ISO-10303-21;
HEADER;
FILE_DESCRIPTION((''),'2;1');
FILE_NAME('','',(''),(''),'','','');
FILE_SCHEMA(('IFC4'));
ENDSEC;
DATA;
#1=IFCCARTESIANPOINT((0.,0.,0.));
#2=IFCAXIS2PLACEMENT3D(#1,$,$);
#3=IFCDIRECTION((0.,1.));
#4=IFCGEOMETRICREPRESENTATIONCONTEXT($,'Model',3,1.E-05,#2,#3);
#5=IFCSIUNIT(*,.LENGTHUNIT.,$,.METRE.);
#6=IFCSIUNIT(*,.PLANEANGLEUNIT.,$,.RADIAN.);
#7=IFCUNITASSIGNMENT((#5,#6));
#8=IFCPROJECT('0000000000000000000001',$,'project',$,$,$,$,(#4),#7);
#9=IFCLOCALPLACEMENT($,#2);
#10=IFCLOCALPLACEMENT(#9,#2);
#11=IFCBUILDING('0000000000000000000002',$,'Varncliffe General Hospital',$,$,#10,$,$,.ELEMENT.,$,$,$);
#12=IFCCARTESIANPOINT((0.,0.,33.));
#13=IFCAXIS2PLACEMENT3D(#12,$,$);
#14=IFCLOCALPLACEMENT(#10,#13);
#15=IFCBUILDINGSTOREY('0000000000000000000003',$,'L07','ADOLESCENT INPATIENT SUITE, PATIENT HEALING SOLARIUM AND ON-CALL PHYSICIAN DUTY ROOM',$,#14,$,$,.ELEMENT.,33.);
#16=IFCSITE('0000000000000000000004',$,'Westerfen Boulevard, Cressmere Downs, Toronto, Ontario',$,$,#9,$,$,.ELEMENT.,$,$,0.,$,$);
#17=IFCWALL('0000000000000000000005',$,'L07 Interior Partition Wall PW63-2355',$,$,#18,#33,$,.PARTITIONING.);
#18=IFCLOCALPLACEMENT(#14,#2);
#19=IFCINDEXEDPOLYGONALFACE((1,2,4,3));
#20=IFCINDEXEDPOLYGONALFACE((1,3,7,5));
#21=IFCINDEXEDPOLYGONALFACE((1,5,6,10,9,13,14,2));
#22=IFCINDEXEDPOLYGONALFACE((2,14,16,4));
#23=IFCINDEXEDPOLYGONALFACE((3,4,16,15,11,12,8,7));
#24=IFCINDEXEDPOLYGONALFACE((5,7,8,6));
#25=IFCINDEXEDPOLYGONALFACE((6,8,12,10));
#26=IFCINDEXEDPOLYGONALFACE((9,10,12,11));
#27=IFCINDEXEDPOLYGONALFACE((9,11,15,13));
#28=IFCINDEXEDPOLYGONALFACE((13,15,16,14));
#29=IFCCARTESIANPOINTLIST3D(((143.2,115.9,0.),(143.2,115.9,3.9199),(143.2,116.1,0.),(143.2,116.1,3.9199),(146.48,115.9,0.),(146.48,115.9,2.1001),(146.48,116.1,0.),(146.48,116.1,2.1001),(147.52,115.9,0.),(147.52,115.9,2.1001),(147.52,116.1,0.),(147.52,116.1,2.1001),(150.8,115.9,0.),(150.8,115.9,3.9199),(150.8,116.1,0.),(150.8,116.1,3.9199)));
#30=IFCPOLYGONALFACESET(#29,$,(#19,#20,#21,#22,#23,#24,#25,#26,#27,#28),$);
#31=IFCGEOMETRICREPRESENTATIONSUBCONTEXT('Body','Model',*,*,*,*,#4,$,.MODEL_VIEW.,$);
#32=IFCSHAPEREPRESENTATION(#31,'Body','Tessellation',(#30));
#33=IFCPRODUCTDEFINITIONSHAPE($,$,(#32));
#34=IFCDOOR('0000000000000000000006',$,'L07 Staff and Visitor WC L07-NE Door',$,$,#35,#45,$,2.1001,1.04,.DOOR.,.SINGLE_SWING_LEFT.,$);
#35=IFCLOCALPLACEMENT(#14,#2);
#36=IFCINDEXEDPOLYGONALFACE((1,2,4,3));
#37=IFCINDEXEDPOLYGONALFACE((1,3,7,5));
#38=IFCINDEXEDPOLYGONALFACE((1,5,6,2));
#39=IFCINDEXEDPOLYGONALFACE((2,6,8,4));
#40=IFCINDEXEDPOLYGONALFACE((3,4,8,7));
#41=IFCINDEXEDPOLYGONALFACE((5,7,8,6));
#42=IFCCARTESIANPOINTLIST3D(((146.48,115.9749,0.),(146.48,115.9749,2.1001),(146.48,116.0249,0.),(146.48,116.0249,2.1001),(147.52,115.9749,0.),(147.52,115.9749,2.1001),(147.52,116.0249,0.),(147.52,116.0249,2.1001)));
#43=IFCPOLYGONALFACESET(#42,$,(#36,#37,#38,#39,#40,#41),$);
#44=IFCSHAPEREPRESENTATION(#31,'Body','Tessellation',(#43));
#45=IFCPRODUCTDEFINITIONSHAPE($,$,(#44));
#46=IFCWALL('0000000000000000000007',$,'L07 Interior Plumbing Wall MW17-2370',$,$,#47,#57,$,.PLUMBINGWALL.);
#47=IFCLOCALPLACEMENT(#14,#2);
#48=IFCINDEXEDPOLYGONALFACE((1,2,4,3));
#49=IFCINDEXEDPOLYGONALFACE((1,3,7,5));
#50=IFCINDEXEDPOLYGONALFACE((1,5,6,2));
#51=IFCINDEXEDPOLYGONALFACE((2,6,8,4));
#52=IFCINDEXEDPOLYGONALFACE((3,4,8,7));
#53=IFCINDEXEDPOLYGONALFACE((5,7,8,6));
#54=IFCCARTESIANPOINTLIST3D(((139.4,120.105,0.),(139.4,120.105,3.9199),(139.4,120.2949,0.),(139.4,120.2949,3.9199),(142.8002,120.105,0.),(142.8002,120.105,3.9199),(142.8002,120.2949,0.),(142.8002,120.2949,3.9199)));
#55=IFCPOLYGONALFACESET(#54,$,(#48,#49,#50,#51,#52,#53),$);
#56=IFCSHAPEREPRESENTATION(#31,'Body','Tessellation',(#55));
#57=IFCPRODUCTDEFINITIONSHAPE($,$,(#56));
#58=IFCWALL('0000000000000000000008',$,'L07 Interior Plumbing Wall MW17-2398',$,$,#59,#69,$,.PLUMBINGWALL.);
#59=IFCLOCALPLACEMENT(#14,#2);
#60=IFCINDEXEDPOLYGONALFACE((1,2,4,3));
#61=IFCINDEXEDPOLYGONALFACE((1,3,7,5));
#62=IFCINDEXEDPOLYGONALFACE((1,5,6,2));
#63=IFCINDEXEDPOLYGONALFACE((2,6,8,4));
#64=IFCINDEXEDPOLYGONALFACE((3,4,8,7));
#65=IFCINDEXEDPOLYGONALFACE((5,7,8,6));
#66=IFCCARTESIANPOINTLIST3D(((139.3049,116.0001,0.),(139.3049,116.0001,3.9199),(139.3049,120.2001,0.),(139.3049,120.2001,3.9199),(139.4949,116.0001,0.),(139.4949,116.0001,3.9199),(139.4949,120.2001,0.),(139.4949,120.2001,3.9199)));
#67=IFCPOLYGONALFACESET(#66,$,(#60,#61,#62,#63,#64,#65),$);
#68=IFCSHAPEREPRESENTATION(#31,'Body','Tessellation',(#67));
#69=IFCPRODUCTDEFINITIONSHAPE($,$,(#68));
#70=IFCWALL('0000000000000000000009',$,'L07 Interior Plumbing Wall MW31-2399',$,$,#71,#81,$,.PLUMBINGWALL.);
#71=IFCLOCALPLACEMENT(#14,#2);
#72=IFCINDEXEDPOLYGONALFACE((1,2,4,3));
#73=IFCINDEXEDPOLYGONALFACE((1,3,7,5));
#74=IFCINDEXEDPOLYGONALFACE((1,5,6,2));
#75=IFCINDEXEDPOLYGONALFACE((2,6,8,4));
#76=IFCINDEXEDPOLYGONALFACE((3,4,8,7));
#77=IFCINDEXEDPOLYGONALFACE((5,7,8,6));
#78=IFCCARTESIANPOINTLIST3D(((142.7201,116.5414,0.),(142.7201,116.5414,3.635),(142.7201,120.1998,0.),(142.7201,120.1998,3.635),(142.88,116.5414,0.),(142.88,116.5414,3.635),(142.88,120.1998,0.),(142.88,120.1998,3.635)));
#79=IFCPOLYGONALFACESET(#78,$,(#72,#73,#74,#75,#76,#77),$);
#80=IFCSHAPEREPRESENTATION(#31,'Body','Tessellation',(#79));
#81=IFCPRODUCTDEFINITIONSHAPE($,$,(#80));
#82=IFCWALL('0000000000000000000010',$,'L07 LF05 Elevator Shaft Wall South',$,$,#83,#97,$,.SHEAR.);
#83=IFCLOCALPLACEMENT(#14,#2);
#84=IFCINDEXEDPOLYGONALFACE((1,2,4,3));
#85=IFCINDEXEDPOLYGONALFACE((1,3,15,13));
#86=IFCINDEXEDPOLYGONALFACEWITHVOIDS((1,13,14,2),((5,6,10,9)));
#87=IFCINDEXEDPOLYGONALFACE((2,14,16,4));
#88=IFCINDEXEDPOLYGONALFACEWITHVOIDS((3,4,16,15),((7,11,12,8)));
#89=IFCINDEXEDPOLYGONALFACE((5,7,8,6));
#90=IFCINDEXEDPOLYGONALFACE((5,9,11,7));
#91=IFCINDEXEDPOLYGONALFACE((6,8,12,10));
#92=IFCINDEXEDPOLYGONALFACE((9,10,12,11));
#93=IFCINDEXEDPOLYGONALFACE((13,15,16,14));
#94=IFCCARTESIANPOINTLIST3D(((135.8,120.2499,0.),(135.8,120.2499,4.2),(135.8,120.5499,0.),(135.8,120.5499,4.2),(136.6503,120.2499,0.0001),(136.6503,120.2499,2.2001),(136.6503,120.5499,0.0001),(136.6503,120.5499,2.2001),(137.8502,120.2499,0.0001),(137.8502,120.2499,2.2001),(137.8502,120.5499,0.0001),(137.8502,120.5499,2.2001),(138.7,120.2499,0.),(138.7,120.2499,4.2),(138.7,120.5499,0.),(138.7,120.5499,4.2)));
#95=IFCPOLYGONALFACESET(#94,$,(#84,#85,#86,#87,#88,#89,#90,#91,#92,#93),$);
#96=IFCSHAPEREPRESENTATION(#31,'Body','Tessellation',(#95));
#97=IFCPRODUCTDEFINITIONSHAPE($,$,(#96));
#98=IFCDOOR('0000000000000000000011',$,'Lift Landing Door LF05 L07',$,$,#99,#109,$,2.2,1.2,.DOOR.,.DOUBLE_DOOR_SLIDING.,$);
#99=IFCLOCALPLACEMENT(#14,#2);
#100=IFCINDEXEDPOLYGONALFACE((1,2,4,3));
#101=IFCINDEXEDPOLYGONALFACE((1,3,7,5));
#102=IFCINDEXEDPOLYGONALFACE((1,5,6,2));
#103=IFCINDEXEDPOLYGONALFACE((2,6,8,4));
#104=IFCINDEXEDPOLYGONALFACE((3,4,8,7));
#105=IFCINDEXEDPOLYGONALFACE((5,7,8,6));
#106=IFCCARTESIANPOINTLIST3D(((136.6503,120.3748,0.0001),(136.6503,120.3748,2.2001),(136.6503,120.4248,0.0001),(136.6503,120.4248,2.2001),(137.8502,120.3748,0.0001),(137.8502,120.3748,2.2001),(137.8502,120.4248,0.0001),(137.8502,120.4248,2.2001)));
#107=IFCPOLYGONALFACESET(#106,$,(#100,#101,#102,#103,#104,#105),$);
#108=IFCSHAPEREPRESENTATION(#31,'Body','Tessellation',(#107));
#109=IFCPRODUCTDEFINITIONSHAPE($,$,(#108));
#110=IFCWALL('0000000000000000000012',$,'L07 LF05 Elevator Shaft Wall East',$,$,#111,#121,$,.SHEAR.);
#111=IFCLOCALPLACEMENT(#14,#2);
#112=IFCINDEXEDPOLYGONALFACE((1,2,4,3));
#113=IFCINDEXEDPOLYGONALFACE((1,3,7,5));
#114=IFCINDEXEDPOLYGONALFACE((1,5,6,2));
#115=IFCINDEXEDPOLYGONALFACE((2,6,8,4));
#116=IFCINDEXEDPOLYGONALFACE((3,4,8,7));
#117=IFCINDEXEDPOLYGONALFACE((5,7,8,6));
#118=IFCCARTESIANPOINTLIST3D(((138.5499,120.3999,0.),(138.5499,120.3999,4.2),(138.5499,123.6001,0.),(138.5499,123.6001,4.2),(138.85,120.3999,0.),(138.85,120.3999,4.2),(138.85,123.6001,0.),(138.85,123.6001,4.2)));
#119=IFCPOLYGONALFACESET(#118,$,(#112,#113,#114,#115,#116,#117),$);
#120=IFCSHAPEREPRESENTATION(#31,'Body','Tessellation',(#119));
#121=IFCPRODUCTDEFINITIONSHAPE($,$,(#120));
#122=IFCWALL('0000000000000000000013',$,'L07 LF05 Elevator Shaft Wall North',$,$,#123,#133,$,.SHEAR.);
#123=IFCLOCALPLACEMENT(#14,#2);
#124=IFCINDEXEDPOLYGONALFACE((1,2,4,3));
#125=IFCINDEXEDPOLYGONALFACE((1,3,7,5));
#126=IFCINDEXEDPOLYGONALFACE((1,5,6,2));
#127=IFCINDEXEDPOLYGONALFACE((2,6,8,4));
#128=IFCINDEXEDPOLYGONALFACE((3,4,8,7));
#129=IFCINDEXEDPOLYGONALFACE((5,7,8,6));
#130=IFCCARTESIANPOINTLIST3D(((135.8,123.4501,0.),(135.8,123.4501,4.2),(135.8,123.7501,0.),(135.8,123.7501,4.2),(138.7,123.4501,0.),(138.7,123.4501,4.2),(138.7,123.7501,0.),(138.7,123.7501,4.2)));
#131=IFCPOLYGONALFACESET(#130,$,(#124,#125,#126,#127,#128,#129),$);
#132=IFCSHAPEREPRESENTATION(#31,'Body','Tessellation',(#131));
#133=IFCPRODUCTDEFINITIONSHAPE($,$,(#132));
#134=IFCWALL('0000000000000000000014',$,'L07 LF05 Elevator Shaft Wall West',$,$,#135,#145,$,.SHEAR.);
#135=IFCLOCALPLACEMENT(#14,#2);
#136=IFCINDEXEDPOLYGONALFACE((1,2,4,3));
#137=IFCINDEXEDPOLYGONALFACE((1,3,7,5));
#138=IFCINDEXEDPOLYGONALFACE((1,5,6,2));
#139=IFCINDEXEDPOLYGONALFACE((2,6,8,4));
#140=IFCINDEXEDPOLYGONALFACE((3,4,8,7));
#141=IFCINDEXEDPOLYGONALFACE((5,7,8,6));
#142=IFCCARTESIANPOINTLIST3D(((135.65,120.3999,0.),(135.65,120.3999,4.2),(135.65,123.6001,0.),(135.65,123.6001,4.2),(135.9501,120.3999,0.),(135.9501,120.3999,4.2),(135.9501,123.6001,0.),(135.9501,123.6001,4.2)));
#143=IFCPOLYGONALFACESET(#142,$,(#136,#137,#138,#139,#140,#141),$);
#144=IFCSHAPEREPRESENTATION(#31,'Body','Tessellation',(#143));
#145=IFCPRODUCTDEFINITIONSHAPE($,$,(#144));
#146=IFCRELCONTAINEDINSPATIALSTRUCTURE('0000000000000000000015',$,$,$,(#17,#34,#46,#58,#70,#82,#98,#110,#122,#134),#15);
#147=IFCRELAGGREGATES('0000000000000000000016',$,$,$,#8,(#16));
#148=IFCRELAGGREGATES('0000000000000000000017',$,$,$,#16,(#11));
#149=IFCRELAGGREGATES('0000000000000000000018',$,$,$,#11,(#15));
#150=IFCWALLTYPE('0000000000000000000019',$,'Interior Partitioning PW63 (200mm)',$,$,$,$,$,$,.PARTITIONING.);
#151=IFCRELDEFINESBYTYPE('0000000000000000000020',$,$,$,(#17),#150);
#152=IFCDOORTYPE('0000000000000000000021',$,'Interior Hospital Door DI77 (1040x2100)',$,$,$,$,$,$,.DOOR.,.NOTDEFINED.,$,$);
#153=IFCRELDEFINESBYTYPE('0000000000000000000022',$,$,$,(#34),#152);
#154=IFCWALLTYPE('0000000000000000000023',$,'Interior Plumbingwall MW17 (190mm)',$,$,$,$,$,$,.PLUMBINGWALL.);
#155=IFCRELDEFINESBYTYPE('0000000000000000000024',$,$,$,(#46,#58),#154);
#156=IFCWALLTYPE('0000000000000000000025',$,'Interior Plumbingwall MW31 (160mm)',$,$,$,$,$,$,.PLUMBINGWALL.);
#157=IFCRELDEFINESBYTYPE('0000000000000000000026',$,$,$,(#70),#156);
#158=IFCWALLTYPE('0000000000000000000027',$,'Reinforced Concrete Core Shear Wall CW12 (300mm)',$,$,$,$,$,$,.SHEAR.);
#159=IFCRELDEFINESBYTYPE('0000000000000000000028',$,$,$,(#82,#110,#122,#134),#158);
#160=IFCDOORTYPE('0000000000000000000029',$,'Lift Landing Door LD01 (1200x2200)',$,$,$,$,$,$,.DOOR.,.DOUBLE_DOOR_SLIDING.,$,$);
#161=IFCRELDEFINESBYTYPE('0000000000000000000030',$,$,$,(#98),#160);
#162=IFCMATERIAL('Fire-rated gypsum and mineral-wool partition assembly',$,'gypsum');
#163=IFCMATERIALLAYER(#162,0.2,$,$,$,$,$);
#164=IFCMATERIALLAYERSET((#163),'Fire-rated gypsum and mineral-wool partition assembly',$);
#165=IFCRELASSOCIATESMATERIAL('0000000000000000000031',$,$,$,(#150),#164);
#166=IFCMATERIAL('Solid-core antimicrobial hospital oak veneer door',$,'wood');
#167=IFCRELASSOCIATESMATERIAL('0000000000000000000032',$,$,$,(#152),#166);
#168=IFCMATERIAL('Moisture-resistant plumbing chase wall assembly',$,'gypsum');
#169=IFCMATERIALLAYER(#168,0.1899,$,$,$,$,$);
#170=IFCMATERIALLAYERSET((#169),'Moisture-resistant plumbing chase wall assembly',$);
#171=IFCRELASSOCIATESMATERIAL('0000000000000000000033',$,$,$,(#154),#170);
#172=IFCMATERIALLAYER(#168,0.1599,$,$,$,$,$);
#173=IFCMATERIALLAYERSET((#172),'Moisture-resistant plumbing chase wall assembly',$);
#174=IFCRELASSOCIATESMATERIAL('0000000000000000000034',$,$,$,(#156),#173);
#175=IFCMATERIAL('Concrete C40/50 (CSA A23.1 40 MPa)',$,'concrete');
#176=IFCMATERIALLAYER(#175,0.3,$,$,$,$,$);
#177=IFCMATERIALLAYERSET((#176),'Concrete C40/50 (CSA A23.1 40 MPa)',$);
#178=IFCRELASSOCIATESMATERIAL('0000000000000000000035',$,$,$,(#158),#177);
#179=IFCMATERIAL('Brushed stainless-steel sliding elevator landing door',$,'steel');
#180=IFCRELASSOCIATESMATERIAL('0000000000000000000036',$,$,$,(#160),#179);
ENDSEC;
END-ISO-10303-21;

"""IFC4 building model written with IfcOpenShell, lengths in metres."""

from ifc_helpers import new_model, si_unit, direction, frame, frame_2d, origin, place, context, subcontext, project, spatial, rectangle, extrude, material, layer, layer_set, type_object, element, fill, save


model = new_model("IFC4")

# Units and contexts
model_context = context("Model", 3, precision=1e-05, world=origin(), true_north=direction((0.0, 1.0)))
body_context = subcontext(model_context, "Body", "Model", "MODEL_VIEW")
ifc_project = project(units=[si_unit("LENGTHUNIT", "METRE"), si_unit("PLANEANGLEUNIT", "RADIAN")], contexts=[model_context])

# Site, building, storey
site_placement = place(None, origin())
site = spatial("IfcSite", under=ifc_project, at=site_placement, Name="Westerfen Boulevard, Cressmere Downs, Toronto, Ontario", CompositionType="ELEMENT", RefElevation=0.0)
building_placement = place(site_placement, origin())
building = spatial("IfcBuilding", under=site, at=building_placement, Name="Varncliffe General Hospital", CompositionType="ELEMENT")
storey_placement = place(building_placement, frame((0.0, 0.0, 33.0)))
storey = spatial("IfcBuildingStorey", under=building, at=storey_placement, Name="L07", Description="ADOLESCENT INPATIENT SUITE, PATIENT HEALING SOLARIUM AND ON-CALL PHYSICIAN DUTY ROOM", CompositionType="ELEMENT", Elevation=33.0)

# Shared definitions
ifc_material_1 = material(Name="Concrete C40/50 (CSA A23.1 40 MPa)", Category="concrete")

# Shared definitions
ifc_material_2 = material(Name="Fire-rated gypsum and mineral-wool partition assembly", Category="gypsum")

# Wall, opening, door
ifc_layer_1 = layer(ifc_material_2, 0.2)
ifc_layer_set_1 = layer_set([ifc_layer_1], Name="Fire-rated gypsum and mineral-wool partition assembly")
wall_type_1 = type_object("IfcWallType", Name="Interior Partitioning PW63 (200mm)", PredefinedType="PARTITIONING", material=ifc_layer_set_1)
ifc_material_3 = material(Name="Solid-core antimicrobial hospital oak veneer door", Category="wood")
door_type_1 = type_object("IfcDoorType", Name="Interior Hospital Door DI77 (1040x2100)", OperationType="NOTDEFINED", PredefinedType="DOOR", material=ifc_material_3)
wall_1_placement = place(storey_placement, frame((143.2, 116.0, 0.0), z_axis=(0.0, 0.0, 1.0), x_axis=(1.0, 0.0, 0.0)))
wall_1 = element("IfcWall", 1, at=wall_1_placement, inside=storey, type_object=wall_type_1, Name="L07 Interior Partition Wall PW63-2355", PredefinedType="PARTITIONING", context=body_context, shape_type="SweptSolid", body=[
    extrude(rectangle(XDim=7.6001, YDim=0.2, at=frame_2d((3.8, 0.0))), origin(), (0.0, 0.0, 1.0), 3.9199),
])
opening_1_placement = place(wall_1_placement, frame((3.28, 0.0, 0.0)))
opening_1 = element("IfcOpeningElement", 2, at=opening_1_placement, cuts=wall_1, PredefinedType="OPENING", context=body_context, shape_type="SweptSolid", body=[
    extrude(rectangle(XDim=1.04, YDim=2.1001, at=frame_2d((0.52, 1.05))), frame((0.0, 0.1099, 0.0), z_axis=(0.0, -1.0, 0.0), x_axis=(1.0, 0.0, 0.0)), (0.0, 0.0, 1.0), 0.22),
])
door_1_placement = place(opening_1_placement, origin())
door_1 = element("IfcDoor", 3, at=door_1_placement, inside=storey, type_object=door_type_1, Name="L07 Staff and Visitor WC L07-NE Door", OperationType="SINGLE_SWING_LEFT", OverallHeight=2.1001, OverallWidth=1.04, PredefinedType="DOOR", context=body_context, shape_type="SweptSolid", body=[
    extrude(rectangle(XDim=1.04, YDim=2.1001, at=frame_2d((0.52, 1.05))), frame((0.0, 0.0249, 0.0), z_axis=(0.0, -1.0, 0.0), x_axis=(1.0, 0.0, 0.0)), (0.0, 0.0, 1.0), 0.05),
])
fill(opening_1, door_1)

# Walls
ifc_material_4 = material(Name="Moisture-resistant plumbing chase wall assembly", Category="gypsum")
ifc_layer_2 = layer(ifc_material_4, 0.1899)
ifc_layer_set_2 = layer_set([ifc_layer_2], Name="Moisture-resistant plumbing chase wall assembly")
wall_type_2 = type_object("IfcWallType", Name="Interior Plumbingwall MW17 (190mm)", PredefinedType="PLUMBINGWALL", material=ifc_layer_set_2)
wall_2_placement = place(storey_placement, frame((139.3999, 120.2, 0.0), z_axis=(0.0, 0.0, 1.0), x_axis=(1.0, 0.0, 0.0)))
element("IfcWall", 4, at=wall_2_placement, inside=storey, type_object=wall_type_2, Name="L07 Interior Plumbing Wall MW17-2370", PredefinedType="PLUMBINGWALL", context=body_context, shape_type="SweptSolid", body=[
    extrude(rectangle(XDim=3.4001, YDim=0.1899, at=frame_2d((1.7002, 0.0))), origin(), (0.0, 0.0, 1.0), 3.9199),
])
wall_3_placement = place(storey_placement, frame((139.3999, 116.0, 0.0), z_axis=(0.0, 0.0, 1.0), x_axis=(0.0, 1.0, 0.0)))
element("IfcWall", 5, at=wall_3_placement, inside=storey, type_object=wall_type_2, Name="L07 Interior Plumbing Wall MW17-2398", PredefinedType="PLUMBINGWALL", context=body_context, shape_type="SweptSolid", body=[
    extrude(rectangle(XDim=4.2, YDim=0.1899, at=frame_2d((2.1001, 0.0))), origin(), (0.0, 0.0, 1.0), 3.9199),
])
ifc_layer_3 = layer(ifc_material_4, 0.1599)
ifc_layer_set_3 = layer_set([ifc_layer_3], Name="Moisture-resistant plumbing chase wall assembly")
wall_type_3 = type_object("IfcWallType", Name="Interior Plumbingwall MW31 (160mm)", PredefinedType="PLUMBINGWALL", material=ifc_layer_set_3)
wall_4_placement = place(storey_placement, frame((142.8, 116.5415, 0.0), z_axis=(0.0, 0.0, 1.0), x_axis=(0.0, 1.0, 0.0)))
element("IfcWall", 6, at=wall_4_placement, inside=storey, type_object=wall_type_3, Name="L07 Interior Plumbing Wall MW31-2399", PredefinedType="PLUMBINGWALL", context=body_context, shape_type="SweptSolid", body=[
    extrude(rectangle(XDim=3.6584, YDim=0.1599, at=frame_2d((1.8291, 0.0))), origin(), (0.0, 0.0, 1.0), 3.635),
])

# Wall, opening, door
ifc_layer_4 = layer(ifc_material_1, 0.3)
ifc_layer_set_4 = layer_set([ifc_layer_4], Name="Concrete C40/50 (CSA A23.1 40 MPa)")
wall_type_4 = type_object("IfcWallType", Name="Reinforced Concrete Core Shear Wall CW12 (300mm)", PredefinedType="SHEAR", material=ifc_layer_set_4)
wall_5_placement = place(storey_placement, frame((135.8, 120.3999, 0.0), z_axis=(0.0, 0.0, 1.0), x_axis=(1.0, 0.0, 0.0)))
wall_5 = element("IfcWall", 7, at=wall_5_placement, inside=storey, type_object=wall_type_4, Name="L07 LF05 Elevator Shaft Wall South", PredefinedType="SHEAR", context=body_context, shape_type="SweptSolid", body=[
    extrude(rectangle(XDim=2.8999, YDim=0.3, at=frame_2d((1.45, 0.0))), origin(), (0.0, 0.0, 1.0), 4.2),
])
opening_2_placement = place(wall_5_placement, frame((0.8501, 0.0, 0.0)))
opening_2 = element("IfcOpeningElement", 8, at=opening_2_placement, cuts=wall_5, PredefinedType="OPENING", context=body_context, shape_type="SweptSolid", body=[
    extrude(rectangle(XDim=1.2, YDim=2.2, at=frame_2d((0.6001, 1.1001))), frame((0.0, 0.1602, 0.0), z_axis=(0.0, -1.0, 0.0), x_axis=(1.0, 0.0, 0.0)), (0.0, 0.0, 1.0), 0.3201),
])
ifc_material_5 = material(Name="Brushed stainless-steel sliding elevator landing door", Category="steel")
door_type_2 = type_object("IfcDoorType", Name="Lift Landing Door LD01 (1200x2200)", OperationType="DOUBLE_DOOR_SLIDING", PredefinedType="DOOR", material=ifc_material_5)
door_2_placement = place(opening_2_placement, origin())
door_2 = element("IfcDoor", 9, at=door_2_placement, inside=storey, type_object=door_type_2, Name="Lift Landing Door LF05 L07", OperationType="DOUBLE_DOOR_SLIDING", OverallHeight=2.2, OverallWidth=1.2, PredefinedType="DOOR", context=body_context, shape_type="SweptSolid", body=[
    extrude(rectangle(XDim=1.2, YDim=2.2, at=frame_2d((0.6001, 1.1001))), frame((0.0, 0.0249, 0.0), z_axis=(0.0, -1.0, 0.0), x_axis=(1.0, 0.0, 0.0)), (0.0, 0.0, 1.0), 0.05),
])
fill(opening_2, door_2)

# Walls
wall_6_placement = place(storey_placement, frame((138.7, 120.3999, 0.0), z_axis=(0.0, 0.0, 1.0), x_axis=(0.0, 1.0, 0.0)))
element("IfcWall", 10, at=wall_6_placement, inside=storey, type_object=wall_type_4, Name="L07 LF05 Elevator Shaft Wall East", PredefinedType="SHEAR", context=body_context, shape_type="SweptSolid", body=[
    extrude(rectangle(XDim=3.2002, YDim=0.3, at=frame_2d((1.6001, 0.0))), origin(), (0.0, 0.0, 1.0), 4.2),
])
wall_7_placement = place(storey_placement, frame((138.7, 123.6001, 0.0), z_axis=(0.0, 0.0, 1.0), x_axis=(-1.0, 0.0, 0.0)))
element("IfcWall", 11, at=wall_7_placement, inside=storey, type_object=wall_type_4, Name="L07 LF05 Elevator Shaft Wall North", PredefinedType="SHEAR", context=body_context, shape_type="SweptSolid", body=[
    extrude(rectangle(XDim=2.8999, YDim=0.3, at=frame_2d((1.45, 0.0))), origin(), (0.0, 0.0, 1.0), 4.2),
])
wall_8_placement = place(storey_placement, frame((135.8, 123.6001, 0.0), z_axis=(0.0, 0.0, 1.0), x_axis=(0.0, -1.0, 0.0)))
element("IfcWall", 12, at=wall_8_placement, inside=storey, type_object=wall_type_4, Name="L07 LF05 Elevator Shaft Wall West", PredefinedType="SHEAR", context=body_context, shape_type="SweptSolid", body=[
    extrude(rectangle(XDim=3.2002, YDim=0.3, at=frame_2d((1.6001, 0.0))), origin(), (0.0, 0.0, 1.0), 4.2),
])

save(model, "model.ifc")
